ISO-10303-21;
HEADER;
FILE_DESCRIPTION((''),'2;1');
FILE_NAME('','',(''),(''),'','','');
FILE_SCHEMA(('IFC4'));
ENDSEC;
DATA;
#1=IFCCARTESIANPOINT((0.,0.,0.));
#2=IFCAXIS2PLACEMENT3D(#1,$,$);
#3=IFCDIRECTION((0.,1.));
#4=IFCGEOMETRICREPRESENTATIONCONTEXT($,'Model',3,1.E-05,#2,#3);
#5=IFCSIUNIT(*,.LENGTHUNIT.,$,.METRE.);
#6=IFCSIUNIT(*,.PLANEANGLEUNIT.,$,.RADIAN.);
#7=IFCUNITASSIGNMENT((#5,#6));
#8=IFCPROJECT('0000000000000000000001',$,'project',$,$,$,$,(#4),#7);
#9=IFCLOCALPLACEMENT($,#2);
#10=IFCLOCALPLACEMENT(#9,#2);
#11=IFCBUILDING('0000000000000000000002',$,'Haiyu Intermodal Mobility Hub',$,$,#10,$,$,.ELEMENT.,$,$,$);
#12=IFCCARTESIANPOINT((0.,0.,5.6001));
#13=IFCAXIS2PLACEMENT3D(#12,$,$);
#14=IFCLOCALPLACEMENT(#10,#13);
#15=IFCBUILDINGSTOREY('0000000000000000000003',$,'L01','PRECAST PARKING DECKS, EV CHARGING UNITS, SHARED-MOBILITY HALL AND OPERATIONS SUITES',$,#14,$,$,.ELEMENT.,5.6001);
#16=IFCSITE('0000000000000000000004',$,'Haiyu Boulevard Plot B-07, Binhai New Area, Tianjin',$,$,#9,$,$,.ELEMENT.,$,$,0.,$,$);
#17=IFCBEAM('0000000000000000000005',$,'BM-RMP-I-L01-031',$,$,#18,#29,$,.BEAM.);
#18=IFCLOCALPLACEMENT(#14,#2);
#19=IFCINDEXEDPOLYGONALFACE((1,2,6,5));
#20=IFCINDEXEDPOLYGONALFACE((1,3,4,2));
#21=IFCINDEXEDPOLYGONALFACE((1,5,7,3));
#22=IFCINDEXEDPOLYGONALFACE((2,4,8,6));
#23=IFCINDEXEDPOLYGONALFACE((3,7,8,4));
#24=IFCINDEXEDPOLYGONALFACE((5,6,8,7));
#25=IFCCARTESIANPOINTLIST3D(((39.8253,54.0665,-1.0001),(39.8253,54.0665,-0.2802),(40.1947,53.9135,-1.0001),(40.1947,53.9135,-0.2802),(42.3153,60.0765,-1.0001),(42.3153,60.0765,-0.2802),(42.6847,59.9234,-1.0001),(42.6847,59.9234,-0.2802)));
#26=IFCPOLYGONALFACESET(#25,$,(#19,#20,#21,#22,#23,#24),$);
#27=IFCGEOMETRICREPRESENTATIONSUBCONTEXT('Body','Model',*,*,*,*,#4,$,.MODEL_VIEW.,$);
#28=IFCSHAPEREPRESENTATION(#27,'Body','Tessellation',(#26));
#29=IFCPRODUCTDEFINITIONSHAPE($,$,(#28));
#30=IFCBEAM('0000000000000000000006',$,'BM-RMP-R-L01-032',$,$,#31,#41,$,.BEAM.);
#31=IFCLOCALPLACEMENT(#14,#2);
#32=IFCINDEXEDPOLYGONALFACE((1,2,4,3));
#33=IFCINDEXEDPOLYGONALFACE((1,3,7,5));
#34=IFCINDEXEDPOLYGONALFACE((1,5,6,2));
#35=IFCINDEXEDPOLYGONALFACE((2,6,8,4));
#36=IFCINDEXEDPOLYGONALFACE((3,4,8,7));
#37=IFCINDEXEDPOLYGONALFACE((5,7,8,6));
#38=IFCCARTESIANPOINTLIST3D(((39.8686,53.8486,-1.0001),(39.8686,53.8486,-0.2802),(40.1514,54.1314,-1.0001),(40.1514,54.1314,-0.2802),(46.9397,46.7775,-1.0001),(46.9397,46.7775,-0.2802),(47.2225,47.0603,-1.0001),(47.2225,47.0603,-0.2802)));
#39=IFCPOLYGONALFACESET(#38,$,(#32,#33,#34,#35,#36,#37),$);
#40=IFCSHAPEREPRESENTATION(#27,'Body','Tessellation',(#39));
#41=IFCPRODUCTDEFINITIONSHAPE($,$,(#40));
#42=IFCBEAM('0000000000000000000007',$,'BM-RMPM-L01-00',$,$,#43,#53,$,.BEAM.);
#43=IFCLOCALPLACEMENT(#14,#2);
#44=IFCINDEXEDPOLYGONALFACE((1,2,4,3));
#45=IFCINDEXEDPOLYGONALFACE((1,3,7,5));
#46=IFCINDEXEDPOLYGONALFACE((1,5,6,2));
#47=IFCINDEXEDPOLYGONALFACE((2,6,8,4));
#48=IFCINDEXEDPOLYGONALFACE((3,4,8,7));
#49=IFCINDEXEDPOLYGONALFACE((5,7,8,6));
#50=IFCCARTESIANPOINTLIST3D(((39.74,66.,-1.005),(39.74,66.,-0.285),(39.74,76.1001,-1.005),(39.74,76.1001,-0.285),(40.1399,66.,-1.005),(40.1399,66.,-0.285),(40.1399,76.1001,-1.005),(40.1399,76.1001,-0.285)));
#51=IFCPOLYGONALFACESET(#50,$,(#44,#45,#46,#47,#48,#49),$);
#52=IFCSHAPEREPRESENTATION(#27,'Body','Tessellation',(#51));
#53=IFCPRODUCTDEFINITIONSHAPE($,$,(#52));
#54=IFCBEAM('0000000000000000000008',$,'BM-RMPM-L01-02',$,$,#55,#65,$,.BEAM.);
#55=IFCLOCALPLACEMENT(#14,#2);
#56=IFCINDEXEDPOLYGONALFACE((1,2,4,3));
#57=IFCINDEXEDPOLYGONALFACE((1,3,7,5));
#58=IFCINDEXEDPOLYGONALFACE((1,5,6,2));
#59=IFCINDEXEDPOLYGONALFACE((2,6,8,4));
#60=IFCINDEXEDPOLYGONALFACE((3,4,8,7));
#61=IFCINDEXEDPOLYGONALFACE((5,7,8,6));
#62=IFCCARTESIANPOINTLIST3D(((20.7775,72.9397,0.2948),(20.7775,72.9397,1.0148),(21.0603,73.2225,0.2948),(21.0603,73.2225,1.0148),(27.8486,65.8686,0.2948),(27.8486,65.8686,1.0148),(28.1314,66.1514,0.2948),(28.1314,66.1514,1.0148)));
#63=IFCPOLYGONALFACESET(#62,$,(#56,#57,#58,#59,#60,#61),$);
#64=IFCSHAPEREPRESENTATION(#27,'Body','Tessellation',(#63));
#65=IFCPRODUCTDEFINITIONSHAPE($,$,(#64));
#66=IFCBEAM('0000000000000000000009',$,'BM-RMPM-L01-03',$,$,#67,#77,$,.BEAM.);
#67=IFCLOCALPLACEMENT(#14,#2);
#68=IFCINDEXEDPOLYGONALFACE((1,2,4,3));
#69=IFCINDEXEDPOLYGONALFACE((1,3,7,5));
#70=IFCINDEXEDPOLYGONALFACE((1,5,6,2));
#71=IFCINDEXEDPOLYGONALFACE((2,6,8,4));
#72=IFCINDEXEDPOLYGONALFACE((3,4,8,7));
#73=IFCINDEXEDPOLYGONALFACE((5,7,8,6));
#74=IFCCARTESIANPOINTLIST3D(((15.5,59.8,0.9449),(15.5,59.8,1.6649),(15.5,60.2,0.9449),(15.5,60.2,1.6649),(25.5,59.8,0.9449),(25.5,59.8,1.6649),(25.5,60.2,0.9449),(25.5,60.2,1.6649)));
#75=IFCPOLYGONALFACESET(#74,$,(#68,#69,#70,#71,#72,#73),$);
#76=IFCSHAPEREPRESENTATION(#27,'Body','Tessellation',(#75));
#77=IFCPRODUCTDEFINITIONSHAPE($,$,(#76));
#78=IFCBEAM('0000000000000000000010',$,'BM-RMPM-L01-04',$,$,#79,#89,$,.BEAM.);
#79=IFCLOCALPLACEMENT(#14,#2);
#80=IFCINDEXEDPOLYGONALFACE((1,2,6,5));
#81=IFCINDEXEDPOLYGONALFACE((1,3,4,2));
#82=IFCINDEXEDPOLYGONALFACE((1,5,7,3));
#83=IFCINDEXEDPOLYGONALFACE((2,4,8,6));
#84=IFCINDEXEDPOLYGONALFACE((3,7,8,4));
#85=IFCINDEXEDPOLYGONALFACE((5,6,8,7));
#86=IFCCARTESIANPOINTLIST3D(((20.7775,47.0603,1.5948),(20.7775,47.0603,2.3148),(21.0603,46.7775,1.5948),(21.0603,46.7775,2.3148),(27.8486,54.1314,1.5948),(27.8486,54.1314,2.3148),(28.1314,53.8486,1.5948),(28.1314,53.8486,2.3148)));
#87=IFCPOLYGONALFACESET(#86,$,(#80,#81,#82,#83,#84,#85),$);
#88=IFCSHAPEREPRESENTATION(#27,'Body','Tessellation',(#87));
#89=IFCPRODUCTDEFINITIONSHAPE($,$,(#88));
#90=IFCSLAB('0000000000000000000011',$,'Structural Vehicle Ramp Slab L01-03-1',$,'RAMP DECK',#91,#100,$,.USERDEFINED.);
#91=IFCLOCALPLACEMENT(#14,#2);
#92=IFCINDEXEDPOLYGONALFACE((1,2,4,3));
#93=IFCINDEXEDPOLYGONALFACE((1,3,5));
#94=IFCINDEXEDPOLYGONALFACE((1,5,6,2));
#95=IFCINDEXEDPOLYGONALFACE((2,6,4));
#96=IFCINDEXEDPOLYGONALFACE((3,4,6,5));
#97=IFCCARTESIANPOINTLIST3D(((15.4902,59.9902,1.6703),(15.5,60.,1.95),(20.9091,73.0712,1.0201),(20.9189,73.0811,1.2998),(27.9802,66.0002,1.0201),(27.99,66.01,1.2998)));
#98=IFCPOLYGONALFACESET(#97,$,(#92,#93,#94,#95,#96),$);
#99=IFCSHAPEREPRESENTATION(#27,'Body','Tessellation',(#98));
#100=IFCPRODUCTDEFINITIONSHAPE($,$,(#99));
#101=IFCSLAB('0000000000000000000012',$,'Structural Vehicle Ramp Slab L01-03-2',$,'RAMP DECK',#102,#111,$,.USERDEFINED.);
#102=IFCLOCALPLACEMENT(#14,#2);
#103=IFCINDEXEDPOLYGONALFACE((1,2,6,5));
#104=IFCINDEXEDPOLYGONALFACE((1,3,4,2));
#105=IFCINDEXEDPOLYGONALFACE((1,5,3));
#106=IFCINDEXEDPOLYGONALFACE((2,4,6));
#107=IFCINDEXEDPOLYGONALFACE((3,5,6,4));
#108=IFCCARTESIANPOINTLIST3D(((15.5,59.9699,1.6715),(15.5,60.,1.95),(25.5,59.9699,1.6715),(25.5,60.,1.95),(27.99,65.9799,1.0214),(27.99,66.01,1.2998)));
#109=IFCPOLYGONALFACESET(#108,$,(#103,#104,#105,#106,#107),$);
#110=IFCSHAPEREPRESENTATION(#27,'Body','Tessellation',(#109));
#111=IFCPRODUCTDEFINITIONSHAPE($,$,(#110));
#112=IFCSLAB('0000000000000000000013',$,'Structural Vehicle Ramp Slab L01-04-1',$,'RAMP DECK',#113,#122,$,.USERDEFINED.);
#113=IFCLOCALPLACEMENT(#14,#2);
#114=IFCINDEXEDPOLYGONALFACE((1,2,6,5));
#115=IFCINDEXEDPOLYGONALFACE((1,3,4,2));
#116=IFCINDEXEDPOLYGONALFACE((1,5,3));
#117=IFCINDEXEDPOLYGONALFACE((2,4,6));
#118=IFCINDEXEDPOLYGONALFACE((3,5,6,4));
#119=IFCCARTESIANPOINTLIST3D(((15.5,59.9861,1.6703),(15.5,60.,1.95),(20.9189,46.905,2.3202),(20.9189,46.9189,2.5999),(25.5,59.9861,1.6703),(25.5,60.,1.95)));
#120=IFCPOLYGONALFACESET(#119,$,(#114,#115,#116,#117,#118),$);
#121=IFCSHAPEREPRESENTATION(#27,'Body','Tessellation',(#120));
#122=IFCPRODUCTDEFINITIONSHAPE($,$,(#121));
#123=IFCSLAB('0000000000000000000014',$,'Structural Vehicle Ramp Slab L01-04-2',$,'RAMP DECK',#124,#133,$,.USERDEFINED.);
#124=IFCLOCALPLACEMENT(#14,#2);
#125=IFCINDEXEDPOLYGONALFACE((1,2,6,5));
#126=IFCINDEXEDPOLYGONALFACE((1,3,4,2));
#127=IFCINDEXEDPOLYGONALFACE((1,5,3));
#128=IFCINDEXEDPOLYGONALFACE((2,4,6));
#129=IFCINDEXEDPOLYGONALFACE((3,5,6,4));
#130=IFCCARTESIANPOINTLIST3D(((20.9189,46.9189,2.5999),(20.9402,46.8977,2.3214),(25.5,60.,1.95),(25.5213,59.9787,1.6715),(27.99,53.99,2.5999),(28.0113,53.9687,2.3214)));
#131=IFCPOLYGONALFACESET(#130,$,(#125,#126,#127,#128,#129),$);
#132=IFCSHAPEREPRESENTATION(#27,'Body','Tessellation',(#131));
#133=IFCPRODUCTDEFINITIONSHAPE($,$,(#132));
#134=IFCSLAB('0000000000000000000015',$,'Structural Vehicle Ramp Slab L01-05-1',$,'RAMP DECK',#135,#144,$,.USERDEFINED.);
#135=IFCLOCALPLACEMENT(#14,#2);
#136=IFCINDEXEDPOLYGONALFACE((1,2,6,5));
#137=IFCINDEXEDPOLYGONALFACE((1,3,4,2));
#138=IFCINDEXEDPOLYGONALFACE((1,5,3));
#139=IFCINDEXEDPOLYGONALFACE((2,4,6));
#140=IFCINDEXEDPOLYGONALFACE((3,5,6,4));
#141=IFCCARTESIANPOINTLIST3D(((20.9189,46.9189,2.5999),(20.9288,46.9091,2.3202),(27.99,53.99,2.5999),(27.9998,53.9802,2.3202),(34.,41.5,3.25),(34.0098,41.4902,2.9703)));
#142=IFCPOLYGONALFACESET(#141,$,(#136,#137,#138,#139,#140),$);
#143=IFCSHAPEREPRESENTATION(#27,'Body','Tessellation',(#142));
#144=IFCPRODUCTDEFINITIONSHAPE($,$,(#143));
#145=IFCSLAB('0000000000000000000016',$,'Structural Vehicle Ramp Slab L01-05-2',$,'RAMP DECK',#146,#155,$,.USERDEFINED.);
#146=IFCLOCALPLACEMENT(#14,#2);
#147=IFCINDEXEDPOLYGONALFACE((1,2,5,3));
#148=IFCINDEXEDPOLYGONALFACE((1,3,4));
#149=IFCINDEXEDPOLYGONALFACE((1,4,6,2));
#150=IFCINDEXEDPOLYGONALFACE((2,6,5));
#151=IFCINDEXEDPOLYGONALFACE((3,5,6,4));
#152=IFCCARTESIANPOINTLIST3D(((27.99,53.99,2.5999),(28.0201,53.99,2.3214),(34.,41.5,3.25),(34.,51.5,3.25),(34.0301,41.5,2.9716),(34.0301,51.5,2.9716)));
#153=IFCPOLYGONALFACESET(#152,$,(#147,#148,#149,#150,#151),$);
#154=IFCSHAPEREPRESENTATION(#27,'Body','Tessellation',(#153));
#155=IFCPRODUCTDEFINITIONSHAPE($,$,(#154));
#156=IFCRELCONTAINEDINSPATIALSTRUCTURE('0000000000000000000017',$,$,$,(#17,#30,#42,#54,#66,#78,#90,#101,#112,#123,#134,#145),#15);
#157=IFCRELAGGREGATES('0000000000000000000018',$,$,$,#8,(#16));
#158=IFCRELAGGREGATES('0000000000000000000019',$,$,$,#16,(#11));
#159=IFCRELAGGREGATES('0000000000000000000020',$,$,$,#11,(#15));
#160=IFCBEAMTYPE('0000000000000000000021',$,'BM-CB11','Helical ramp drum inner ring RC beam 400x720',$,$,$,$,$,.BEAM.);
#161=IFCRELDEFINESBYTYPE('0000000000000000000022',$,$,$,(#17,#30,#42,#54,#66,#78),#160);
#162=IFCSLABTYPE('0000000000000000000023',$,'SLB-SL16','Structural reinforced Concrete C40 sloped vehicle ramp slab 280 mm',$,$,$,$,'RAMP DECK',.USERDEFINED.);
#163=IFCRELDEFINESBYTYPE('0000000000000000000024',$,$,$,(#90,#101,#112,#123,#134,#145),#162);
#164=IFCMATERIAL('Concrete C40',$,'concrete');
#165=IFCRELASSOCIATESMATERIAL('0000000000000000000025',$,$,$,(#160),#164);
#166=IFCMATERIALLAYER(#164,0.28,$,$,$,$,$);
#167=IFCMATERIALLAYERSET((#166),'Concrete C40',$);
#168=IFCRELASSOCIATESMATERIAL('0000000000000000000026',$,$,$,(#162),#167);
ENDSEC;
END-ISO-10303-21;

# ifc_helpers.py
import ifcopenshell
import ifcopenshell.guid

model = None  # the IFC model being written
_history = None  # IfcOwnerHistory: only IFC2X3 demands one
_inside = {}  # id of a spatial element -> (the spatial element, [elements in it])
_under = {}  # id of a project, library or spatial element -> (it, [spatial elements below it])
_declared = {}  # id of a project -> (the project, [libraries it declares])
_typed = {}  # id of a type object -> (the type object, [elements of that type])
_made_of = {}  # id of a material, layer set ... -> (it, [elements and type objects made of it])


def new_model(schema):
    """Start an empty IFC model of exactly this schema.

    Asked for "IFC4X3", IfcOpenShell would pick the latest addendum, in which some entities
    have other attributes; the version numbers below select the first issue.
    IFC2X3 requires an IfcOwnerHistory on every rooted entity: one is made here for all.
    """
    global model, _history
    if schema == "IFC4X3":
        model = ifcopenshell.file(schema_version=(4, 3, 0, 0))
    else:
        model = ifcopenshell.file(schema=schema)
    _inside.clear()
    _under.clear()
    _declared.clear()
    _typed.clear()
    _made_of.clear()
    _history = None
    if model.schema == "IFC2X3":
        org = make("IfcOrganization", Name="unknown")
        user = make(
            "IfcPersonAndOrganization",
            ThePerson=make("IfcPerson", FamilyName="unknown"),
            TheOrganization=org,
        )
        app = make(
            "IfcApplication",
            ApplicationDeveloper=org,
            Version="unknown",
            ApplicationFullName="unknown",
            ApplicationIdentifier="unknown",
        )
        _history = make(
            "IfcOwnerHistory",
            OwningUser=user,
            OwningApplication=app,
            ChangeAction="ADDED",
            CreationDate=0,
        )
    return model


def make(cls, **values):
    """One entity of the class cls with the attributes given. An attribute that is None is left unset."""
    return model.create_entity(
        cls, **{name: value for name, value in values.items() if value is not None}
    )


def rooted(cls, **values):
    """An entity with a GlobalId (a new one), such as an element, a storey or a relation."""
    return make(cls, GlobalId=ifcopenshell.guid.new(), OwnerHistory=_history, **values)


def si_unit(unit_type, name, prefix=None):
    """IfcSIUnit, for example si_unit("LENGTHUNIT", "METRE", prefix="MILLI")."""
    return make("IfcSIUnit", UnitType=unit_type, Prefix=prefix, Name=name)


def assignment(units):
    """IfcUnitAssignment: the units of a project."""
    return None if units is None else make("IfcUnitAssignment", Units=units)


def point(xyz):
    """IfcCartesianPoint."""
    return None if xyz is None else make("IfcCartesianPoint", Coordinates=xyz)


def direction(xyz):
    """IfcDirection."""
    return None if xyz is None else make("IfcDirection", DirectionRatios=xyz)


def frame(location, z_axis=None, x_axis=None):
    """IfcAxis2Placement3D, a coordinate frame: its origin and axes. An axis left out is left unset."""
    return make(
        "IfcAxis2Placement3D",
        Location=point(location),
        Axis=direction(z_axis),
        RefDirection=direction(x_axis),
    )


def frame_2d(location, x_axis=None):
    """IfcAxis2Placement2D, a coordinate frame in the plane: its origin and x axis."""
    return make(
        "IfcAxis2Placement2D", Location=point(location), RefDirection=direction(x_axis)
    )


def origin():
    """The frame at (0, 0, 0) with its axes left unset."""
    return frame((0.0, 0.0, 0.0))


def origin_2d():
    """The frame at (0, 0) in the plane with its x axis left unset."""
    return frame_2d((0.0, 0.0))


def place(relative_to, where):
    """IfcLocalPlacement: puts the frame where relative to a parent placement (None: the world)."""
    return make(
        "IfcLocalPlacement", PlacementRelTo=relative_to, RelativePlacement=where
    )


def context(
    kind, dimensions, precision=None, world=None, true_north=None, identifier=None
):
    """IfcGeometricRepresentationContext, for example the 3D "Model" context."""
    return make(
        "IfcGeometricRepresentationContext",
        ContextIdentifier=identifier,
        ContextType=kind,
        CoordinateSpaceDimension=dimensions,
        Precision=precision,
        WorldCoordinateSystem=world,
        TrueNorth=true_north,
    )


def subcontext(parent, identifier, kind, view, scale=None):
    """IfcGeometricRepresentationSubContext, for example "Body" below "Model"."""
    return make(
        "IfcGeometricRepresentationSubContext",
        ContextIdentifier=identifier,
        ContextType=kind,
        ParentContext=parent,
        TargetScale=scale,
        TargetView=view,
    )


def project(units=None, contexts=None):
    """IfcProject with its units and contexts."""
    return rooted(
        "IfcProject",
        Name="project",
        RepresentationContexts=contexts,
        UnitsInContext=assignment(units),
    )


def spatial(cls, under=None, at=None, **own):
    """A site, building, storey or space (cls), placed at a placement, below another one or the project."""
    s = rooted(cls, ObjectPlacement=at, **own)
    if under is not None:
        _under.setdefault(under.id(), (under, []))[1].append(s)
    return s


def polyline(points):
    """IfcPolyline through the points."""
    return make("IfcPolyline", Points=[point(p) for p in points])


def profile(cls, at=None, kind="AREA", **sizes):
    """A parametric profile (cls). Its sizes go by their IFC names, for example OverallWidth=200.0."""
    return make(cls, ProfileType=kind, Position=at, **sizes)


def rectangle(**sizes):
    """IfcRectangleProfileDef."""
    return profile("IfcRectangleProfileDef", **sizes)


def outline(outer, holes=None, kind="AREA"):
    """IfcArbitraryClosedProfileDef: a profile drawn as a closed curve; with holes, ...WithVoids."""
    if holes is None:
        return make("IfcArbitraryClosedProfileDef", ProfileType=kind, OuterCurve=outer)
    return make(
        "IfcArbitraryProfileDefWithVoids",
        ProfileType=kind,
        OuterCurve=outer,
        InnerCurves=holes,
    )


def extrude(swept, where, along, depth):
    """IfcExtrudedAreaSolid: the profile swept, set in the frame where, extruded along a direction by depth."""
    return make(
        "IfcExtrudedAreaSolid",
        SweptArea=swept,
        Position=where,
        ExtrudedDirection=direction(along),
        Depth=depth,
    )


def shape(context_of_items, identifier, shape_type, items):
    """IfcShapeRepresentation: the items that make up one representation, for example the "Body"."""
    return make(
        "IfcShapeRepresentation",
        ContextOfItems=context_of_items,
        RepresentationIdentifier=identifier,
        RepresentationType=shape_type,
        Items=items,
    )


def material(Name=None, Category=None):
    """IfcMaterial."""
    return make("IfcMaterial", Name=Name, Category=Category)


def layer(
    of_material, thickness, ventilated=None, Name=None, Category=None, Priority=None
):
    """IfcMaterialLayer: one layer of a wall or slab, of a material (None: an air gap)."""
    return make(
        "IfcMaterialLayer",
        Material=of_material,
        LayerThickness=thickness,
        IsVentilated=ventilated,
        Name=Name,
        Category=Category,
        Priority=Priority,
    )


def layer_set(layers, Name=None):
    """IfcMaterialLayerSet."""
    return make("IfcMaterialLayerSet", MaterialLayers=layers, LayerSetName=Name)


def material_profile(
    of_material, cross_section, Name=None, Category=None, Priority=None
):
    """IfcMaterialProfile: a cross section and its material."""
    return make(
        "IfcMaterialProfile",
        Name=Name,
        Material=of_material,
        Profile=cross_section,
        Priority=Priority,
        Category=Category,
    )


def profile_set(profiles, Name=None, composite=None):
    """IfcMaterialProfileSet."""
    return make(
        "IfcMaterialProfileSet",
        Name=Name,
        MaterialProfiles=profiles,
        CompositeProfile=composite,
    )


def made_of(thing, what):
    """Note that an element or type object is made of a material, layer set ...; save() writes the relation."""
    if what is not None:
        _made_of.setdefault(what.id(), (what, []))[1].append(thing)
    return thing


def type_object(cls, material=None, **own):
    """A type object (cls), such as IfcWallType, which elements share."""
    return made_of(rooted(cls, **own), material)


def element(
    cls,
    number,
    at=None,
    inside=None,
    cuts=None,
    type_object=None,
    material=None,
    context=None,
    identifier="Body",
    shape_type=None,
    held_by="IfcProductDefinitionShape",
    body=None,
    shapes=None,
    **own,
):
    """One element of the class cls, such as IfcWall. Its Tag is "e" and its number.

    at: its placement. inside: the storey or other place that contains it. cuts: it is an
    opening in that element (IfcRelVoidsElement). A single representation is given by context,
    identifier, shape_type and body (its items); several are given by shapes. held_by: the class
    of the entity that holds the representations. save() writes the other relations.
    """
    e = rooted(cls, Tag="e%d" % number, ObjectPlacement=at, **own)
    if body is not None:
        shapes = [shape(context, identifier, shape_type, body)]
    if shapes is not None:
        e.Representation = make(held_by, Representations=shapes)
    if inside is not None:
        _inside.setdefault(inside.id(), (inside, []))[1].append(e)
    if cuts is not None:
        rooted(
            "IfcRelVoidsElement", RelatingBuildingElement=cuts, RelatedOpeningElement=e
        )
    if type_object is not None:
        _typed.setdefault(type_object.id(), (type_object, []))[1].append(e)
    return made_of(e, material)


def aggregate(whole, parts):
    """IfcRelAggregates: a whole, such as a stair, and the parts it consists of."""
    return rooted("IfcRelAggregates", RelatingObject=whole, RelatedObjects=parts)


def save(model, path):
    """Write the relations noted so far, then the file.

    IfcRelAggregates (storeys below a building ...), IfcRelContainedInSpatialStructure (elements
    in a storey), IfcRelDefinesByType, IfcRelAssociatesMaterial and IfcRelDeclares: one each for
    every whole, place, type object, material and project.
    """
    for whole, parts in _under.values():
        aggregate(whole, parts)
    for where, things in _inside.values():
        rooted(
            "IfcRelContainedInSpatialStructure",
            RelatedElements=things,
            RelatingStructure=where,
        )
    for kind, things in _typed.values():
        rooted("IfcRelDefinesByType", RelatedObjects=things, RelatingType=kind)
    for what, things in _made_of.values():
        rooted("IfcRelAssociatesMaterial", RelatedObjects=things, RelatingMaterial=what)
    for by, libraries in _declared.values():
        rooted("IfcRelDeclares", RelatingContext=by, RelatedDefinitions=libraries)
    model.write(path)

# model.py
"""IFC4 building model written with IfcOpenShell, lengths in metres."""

from ifc_helpers import new_model, si_unit, direction, frame, origin, origin_2d, place, context, subcontext, project, spatial, polyline, rectangle, outline, extrude, material, layer, layer_set, material_profile, profile_set, type_object, element, save


model = new_model("IFC4")

# Units and contexts
model_context = context("Model", 3, precision=1e-05, world=origin(), true_north=direction((0.0, 1.0)))
body_context = subcontext(model_context, "Body", "Model", "MODEL_VIEW")
ifc_project = project(units=[si_unit("LENGTHUNIT", "METRE"), si_unit("PLANEANGLEUNIT", "RADIAN")], contexts=[model_context])

# Site, building, storey
site_placement = place(None, origin())
site = spatial("IfcSite", under=ifc_project, at=site_placement, Name="Haiyu Boulevard Plot B-07, Binhai New Area, Tianjin", CompositionType="ELEMENT", RefElevation=0.0)
building_placement = place(site_placement, origin())
building = spatial("IfcBuilding", under=site, at=building_placement, Name="Haiyu Intermodal Mobility Hub", CompositionType="ELEMENT")
storey_placement = place(building_placement, frame((0.0, 0.0, 5.6001)))
storey = spatial("IfcBuildingStorey", under=building, at=storey_placement, Name="L01", Description="PRECAST PARKING DECKS, EV CHARGING UNITS, SHARED-MOBILITY HALL AND OPERATIONS SUITES", CompositionType="ELEMENT", Elevation=5.6001)

# Shared definitions
ifc_material_1 = material(Name="Concrete C40", Category="concrete")

# Beams
ifc_material_profile_1 = material_profile(ifc_material_1, rectangle(XDim=0.3999, YDim=0.72, at=origin_2d()), Name="RCB400x720")
ifc_profile_set_1 = profile_set([ifc_material_profile_1], Name="Concrete C40")
beam_type_1 = type_object("IfcBeamType", Name="BM-CB11", Description="Helical ramp drum inner ring RC beam 400x720", PredefinedType="BEAM", material=ifc_profile_set_1)
beam_1_placement = place(storey_placement, frame((40.01, 53.99, -0.6401), z_axis=(0.382757, 0.923849, 0.0), x_axis=(-0.923849, 0.382757, 0.0)))
element("IfcBeam", 1, at=beam_1_placement, inside=storey, type_object=beam_type_1, Name="BM-RMP-I-L01-031", PredefinedType="BEAM", context=body_context, shape_type="SweptSolid", body=[
    extrude(rectangle(XDim=0.3999, YDim=0.72, at=origin_2d()), origin(), (0.0, 0.0, 1.0), 6.5054),
])
beam_2_placement = place(storey_placement, frame((40.01, 53.99, -0.6401), z_axis=(0.707107, -0.707107, 0.0), x_axis=(0.707107, 0.707107, 0.0)))
element("IfcBeam", 2, at=beam_2_placement, inside=storey, type_object=beam_type_1, Name="BM-RMP-R-L01-032", PredefinedType="BEAM", context=body_context, shape_type="SweptSolid", body=[
    extrude(rectangle(XDim=0.3999, YDim=0.72, at=origin_2d()), origin(), (0.0, 0.0, 1.0), 10.0),
])
beam_3_placement = place(storey_placement, frame((39.9399, 66.0, -0.645), z_axis=(0.0, 1.0, 0.0), x_axis=(-1.0, 0.0, 0.0)))
element("IfcBeam", 3, at=beam_3_placement, inside=storey, type_object=beam_type_1, Name="BM-RMPM-L01-00", PredefinedType="BEAM", context=body_context, shape_type="SweptSolid", body=[
    extrude(rectangle(XDim=0.3999, YDim=0.72, at=origin_2d()), origin(), (0.0, 0.0, 1.0), 10.1001),
])
for number, where, z_axis, x_axis, name in (
    (4, (27.99, 66.01, 0.6548), (-0.707107, 0.707107, 0.0), (-0.707107, -0.707107, 0.0), "BM-RMPM-L01-02"),
    (5, (25.5, 60.0, 1.3049), (-1.0, 0.0, 0.0), (0.0, -1.0, 0.0), "BM-RMPM-L01-03"),
    (6, (27.99, 53.99, 1.9548), (-0.707107, -0.707107, 0.0), (0.707107, -0.707107, 0.0), "BM-RMPM-L01-04"),
):
    element("IfcBeam", number, at=place(storey_placement, frame(where, z_axis=z_axis, x_axis=x_axis)), inside=storey, type_object=beam_type_1, Name=name, PredefinedType="BEAM", context=body_context, shape_type="SweptSolid", body=[
        extrude(rectangle(XDim=0.3999, YDim=0.72, at=origin_2d()), origin(), (0.0, 0.0, 1.0), 10.0),
    ])

# Slabs
ifc_layer = layer(ifc_material_1, 0.28)
ifc_layer_set = layer_set([ifc_layer], Name="Concrete C40")
slab_type = type_object("IfcSlabType", Name="SLB-SL16", Description="Structural reinforced Concrete C40 sloped vehicle ramp slab 280 mm", ElementType="RAMP DECK", PredefinedType="USERDEFINED", material=ifc_layer_set)
slab_1_placement = place(storey_placement, frame((27.99, 66.01, 1.2998), z_axis=(0.0351, 0.0351, 0.998767), x_axis=(-0.707107, 0.707107, 0.0)))
element("IfcSlab", 7, at=slab_1_placement, inside=storey, type_object=slab_type, Name="Structural Vehicle Ramp Slab L01-03-1", ObjectType="RAMP DECK", PredefinedType="USERDEFINED", context=body_context, shape_type="SweptSolid", body=[
    extrude(outline(polyline([(0.0, 0.0), (10.0, 0.0), (4.582, 13.0976), (0.0, 0.0)])), origin(), (0.0, 0.0, -1.0), 0.28),
])
slab_2_placement = place(storey_placement, frame((27.99, 66.01, 1.2998), z_axis=(0.0, 0.10755, 0.9942), x_axis=(-0.900116, -0.433123, 0.046854)))
element("IfcSlab", 8, at=slab_2_placement, inside=storey, type_object=slab_type, Name="Structural Vehicle Ramp Slab L01-03-2", ObjectType="RAMP DECK", PredefinedType="USERDEFINED", context=body_context, shape_type="SweptSolid", body=[
    extrude(outline(polyline([(0.0, 0.0), (13.876, 0.0), (4.8748, 4.3565), (0.0, 0.0)])), origin(), (0.0, 0.0, -1.0), 0.28),
])
slab_3_placement = place(storey_placement, frame((25.5, 60.0, 1.95), z_axis=(0.0, 0.049622, 0.998768), x_axis=(-1.0, 0.0, 0.0)))
element("IfcSlab", 9, at=slab_3_placement, inside=storey, type_object=slab_type, Name="Structural Vehicle Ramp Slab L01-04-1", ObjectType="RAMP DECK", PredefinedType="USERDEFINED", context=body_context, shape_type="SweptSolid", body=[
    extrude(outline(polyline([(0.0, 0.0), (10.0, 0.0), (4.5811, 13.0972), (0.0, 0.0)])), origin(), (0.0, 0.0, -1.0), 0.28),
])
slab_4_placement = place(storey_placement, frame((25.5, 60.0, 1.95), z_axis=(-0.076016, 0.076016, 0.994205), x_axis=(-0.33016, -0.942762, 0.046839)))
element("IfcSlab", 10, at=slab_4_placement, inside=storey, type_object=slab_type, Name="Structural Vehicle Ramp Slab L01-04-2", ObjectType="RAMP DECK", PredefinedType="USERDEFINED", context=body_context, shape_type="SweptSolid", body=[
    extrude(outline(polyline([(0.0, 0.0), (13.8752, 0.0), (4.8744, 4.357), (0.0, 0.0)])), origin(), (0.0, 0.0, -1.0), 0.28),
])
slab_5_placement = place(storey_placement, frame((27.99, 53.99, 2.5999), z_axis=(-0.0351, 0.0351, 0.998767), x_axis=(-0.707107, -0.707107, 0.0)))
element("IfcSlab", 11, at=slab_5_placement, inside=storey, type_object=slab_type, Name="Structural Vehicle Ramp Slab L01-05-1", ObjectType="RAMP DECK", PredefinedType="USERDEFINED", context=body_context, shape_type="SweptSolid", body=[
    extrude(outline(polyline([(0.0, 0.0), (10.0, 0.0), (4.582, 13.0976), (0.0, 0.0)])), origin(), (0.0, 0.0, -1.0), 0.28),
])
slab_6_placement = place(storey_placement, frame((27.99, 53.99, 2.5999), z_axis=(-0.10755, 0.0, 0.9942), x_axis=(0.433123, -0.900116, 0.046854)))
element("IfcSlab", 12, at=slab_6_placement, inside=storey, type_object=slab_type, Name="Structural Vehicle Ramp Slab L01-05-2", ObjectType="RAMP DECK", PredefinedType="USERDEFINED", context=body_context, shape_type="SweptSolid", body=[
    extrude(outline(polyline([(0.0, 0.0), (13.876, 0.0), (4.8748, 4.3565), (0.0, 0.0)])), origin(), (0.0, 0.0, -1.0), 0.28),
])

save(model, "model.ifc")
